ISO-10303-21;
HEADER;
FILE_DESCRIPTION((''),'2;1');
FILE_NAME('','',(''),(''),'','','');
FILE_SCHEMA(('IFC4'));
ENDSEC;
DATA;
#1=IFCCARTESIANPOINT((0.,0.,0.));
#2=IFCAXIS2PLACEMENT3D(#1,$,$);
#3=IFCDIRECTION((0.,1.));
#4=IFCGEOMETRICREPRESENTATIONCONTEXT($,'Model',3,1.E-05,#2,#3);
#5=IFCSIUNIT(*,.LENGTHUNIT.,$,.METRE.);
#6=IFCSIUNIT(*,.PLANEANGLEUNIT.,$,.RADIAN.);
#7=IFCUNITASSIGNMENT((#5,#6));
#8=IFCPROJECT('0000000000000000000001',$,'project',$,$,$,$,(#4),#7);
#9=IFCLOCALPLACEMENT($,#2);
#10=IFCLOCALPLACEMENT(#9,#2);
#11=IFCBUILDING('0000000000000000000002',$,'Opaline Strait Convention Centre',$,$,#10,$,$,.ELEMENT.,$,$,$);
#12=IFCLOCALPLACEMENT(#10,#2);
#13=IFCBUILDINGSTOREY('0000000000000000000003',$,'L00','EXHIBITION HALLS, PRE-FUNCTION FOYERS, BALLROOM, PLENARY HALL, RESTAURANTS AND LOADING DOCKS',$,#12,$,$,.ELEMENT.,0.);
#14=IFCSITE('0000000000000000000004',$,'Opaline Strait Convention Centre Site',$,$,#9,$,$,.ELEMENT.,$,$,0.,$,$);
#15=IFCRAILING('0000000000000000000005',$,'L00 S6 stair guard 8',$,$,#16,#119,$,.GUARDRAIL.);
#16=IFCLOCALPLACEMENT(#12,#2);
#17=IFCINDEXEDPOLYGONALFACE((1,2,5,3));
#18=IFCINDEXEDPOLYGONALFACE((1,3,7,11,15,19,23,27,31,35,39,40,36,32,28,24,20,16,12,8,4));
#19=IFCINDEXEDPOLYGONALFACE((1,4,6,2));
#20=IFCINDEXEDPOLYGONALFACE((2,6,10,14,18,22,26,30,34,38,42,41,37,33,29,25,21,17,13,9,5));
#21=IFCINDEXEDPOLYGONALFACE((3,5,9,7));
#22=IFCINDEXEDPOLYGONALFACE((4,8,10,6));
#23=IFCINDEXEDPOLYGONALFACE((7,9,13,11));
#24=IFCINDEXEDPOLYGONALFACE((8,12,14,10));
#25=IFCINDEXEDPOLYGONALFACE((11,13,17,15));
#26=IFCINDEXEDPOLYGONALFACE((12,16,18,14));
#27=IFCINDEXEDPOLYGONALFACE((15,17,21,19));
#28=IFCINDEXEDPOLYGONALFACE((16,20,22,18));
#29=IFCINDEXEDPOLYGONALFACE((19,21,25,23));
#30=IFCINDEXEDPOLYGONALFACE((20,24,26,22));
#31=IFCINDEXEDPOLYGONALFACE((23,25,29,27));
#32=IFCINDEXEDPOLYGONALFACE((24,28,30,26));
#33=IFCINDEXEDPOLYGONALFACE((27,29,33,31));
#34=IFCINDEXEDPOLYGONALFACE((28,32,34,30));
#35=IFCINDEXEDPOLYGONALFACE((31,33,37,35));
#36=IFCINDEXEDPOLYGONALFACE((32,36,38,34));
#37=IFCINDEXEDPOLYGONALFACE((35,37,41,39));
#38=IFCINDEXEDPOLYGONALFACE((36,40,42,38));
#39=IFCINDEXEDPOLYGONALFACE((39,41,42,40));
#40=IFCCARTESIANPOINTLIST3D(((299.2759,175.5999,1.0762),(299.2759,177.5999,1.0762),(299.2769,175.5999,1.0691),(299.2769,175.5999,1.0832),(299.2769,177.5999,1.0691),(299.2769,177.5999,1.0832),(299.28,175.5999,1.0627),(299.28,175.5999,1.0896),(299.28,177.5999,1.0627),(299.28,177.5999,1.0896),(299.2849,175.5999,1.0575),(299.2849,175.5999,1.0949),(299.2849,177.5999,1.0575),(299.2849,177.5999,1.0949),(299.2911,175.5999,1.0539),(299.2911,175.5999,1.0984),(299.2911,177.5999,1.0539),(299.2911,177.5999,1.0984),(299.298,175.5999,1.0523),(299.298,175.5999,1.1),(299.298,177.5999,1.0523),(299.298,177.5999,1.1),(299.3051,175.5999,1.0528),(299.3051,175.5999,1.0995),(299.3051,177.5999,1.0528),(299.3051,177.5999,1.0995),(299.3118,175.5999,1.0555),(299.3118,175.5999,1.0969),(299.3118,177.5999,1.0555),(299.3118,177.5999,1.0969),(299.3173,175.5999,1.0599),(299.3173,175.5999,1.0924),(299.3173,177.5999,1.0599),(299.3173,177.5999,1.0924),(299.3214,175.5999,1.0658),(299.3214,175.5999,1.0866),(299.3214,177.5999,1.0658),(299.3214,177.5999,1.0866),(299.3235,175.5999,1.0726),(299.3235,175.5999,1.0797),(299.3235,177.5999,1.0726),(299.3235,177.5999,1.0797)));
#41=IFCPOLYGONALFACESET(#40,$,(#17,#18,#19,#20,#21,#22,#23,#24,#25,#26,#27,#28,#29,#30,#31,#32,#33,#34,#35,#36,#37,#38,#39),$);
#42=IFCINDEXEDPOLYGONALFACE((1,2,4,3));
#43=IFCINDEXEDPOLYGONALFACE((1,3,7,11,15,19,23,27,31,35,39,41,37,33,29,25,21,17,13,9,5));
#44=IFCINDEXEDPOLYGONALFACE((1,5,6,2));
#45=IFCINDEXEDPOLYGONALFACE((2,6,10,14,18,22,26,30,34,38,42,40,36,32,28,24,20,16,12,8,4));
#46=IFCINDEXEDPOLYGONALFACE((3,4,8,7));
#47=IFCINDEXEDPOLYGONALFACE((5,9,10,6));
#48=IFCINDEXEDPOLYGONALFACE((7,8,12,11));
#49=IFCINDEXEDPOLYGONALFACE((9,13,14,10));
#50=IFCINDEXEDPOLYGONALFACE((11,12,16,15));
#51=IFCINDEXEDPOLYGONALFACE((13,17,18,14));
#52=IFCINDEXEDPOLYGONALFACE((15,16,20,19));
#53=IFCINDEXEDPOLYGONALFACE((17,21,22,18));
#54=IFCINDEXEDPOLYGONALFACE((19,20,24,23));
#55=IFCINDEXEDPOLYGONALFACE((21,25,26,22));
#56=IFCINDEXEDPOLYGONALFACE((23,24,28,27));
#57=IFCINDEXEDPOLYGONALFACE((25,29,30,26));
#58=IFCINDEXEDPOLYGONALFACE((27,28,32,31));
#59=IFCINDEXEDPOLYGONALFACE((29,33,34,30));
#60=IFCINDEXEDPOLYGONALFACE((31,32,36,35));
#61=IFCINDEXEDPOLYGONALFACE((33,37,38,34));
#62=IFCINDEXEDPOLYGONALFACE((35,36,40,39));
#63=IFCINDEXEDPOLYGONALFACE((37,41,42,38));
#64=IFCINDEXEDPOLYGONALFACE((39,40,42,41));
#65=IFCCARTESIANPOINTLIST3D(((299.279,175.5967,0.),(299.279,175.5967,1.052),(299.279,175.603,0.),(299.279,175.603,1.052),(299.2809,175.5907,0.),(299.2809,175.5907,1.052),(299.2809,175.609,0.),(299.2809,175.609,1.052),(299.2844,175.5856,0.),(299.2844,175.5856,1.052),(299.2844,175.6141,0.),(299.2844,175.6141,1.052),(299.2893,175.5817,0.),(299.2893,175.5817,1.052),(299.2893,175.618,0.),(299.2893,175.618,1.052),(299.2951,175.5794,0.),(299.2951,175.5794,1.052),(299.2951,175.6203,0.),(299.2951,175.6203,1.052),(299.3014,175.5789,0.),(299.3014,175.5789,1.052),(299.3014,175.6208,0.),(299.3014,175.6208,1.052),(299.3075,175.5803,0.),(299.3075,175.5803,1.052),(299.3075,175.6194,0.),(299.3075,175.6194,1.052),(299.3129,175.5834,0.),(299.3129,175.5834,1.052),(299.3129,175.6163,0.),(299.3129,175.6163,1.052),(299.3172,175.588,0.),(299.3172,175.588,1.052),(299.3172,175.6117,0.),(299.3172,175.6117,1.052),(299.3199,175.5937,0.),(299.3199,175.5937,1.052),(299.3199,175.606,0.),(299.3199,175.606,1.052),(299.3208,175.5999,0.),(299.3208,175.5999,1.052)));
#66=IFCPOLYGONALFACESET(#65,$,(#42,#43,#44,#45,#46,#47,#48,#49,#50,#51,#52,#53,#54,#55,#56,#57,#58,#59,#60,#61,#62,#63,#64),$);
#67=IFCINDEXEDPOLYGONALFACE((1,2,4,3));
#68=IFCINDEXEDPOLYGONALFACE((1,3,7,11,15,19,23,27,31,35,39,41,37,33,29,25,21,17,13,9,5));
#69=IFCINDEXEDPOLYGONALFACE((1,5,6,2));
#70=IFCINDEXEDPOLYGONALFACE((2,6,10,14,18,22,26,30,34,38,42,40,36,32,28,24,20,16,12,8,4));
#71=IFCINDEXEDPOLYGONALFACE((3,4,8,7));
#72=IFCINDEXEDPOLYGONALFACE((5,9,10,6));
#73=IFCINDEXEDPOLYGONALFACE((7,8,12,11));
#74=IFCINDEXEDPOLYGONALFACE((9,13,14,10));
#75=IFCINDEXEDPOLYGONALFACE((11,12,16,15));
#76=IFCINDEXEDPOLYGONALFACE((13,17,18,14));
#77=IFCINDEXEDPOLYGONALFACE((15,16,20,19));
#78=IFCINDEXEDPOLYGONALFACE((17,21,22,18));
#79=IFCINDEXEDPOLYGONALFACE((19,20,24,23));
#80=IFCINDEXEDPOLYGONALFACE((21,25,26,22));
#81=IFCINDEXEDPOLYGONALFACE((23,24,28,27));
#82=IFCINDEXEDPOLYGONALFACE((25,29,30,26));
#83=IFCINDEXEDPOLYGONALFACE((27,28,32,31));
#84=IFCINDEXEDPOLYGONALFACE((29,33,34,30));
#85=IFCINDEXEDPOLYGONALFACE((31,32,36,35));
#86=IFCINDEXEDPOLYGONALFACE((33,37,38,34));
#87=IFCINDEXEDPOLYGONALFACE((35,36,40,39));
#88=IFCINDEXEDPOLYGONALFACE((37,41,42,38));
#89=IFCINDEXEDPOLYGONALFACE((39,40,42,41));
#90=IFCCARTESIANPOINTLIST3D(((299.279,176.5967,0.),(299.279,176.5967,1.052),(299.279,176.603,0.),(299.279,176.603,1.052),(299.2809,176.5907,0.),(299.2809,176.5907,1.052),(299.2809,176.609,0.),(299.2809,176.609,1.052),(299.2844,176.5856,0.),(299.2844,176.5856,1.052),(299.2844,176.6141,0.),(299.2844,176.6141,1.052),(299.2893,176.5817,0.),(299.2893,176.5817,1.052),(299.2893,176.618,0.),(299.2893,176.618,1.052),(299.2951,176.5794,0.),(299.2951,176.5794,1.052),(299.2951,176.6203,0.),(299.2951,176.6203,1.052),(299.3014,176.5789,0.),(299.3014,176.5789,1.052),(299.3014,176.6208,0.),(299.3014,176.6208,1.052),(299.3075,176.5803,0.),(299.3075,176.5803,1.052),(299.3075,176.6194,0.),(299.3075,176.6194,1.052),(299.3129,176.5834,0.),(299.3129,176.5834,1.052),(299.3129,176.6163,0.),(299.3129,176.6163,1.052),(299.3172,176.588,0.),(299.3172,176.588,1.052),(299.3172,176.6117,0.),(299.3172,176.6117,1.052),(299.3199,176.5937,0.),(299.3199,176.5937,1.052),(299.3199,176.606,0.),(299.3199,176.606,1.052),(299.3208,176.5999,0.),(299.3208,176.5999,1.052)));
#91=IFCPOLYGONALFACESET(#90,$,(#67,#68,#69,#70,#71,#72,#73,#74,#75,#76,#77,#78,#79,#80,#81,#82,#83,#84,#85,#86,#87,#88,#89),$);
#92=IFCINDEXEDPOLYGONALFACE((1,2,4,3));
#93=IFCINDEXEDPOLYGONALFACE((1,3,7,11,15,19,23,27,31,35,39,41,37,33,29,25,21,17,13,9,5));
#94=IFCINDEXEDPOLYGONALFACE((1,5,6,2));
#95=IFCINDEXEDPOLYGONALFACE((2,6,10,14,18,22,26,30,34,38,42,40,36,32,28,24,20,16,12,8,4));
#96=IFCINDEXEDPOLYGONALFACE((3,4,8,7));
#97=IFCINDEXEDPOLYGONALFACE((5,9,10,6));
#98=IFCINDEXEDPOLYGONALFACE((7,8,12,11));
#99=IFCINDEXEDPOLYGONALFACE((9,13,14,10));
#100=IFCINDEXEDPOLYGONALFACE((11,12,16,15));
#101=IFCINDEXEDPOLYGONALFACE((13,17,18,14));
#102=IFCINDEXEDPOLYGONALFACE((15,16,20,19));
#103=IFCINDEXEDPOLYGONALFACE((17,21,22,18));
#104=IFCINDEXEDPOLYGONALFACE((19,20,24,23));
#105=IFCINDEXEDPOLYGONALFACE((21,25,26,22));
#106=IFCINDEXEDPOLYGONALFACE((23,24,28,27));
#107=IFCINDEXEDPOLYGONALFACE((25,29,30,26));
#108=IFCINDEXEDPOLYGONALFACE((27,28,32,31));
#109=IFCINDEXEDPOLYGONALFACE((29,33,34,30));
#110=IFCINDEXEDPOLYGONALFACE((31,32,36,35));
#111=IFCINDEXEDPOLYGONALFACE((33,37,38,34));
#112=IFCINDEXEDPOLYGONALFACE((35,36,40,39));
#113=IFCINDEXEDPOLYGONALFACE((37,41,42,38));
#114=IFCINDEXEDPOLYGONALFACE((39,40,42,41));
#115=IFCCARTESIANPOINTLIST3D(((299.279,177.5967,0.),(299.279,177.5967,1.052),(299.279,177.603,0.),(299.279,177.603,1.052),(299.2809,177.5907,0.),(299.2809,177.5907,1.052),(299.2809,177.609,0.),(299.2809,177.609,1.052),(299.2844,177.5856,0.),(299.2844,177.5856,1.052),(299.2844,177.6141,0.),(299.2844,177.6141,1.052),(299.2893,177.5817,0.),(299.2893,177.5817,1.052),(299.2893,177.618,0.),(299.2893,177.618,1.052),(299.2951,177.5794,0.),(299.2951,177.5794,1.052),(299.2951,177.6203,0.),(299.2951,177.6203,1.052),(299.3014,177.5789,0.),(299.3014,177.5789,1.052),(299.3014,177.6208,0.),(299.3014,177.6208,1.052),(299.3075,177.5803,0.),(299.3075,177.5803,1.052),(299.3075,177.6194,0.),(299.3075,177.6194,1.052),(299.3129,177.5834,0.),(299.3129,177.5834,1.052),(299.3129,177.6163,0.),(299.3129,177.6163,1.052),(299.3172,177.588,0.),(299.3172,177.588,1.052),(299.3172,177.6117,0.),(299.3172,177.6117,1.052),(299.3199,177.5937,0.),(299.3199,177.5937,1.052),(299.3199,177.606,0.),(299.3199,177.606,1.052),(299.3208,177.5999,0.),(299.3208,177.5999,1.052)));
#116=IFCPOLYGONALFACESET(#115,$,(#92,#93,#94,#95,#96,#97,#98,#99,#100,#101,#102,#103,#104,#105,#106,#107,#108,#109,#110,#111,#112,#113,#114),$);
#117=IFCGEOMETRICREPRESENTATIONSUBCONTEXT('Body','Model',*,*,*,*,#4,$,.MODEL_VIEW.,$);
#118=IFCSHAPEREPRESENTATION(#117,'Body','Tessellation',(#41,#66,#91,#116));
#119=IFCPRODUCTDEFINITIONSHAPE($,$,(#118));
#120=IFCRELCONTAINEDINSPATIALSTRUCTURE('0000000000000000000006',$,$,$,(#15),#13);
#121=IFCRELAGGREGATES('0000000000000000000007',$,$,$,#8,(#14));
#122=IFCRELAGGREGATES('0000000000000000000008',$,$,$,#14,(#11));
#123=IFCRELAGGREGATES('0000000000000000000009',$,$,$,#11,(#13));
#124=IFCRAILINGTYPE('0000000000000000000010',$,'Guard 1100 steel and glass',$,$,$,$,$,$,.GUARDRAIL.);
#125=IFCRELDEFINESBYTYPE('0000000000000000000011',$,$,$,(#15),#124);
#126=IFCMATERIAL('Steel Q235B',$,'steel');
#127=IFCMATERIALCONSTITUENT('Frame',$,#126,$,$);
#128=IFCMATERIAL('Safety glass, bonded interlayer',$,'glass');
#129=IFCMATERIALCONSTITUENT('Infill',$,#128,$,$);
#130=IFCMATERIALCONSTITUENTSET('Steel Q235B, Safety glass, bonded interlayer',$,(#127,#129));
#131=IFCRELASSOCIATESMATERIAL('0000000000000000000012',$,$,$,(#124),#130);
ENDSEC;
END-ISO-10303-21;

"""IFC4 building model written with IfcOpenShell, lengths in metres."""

from ifc_helpers import new_model, si_unit, direction, frame, origin, origin_2d, place, context, subcontext, project, spatial, circle, extrude, material, constituent, constituent_set, type_object, element, save


model = new_model("IFC4")

# Units and contexts
model_context = context("Model", 3, precision=1e-05, world=origin(), true_north=direction((0.0, 1.0)))
body_context = subcontext(model_context, "Body", "Model", "MODEL_VIEW")
ifc_project = project(units=[si_unit("LENGTHUNIT", "METRE"), si_unit("PLANEANGLEUNIT", "RADIAN")], contexts=[model_context])

# Site, building, storey
site_placement = place(None, origin())
site = spatial("IfcSite", under=ifc_project, at=site_placement, Name="Opaline Strait Convention Centre Site", CompositionType="ELEMENT", RefElevation=0.0)
building_placement = place(site_placement, origin())
building = spatial("IfcBuilding", under=site, at=building_placement, Name="Opaline Strait Convention Centre", CompositionType="ELEMENT")
storey_placement = place(building_placement, origin())
storey = spatial("IfcBuildingStorey", under=building, at=storey_placement, Name="L00", Description="EXHIBITION HALLS, PRE-FUNCTION FOYERS, BALLROOM, PLENARY HALL, RESTAURANTS AND LOADING DOCKS", CompositionType="ELEMENT", Elevation=0.0)

# Shared definitions
ifc_material_1 = material(Name="Steel Q235B", Category="steel")

# Railing
ifc_constituent_1 = constituent(ifc_material_1, Name="Frame")
ifc_material_2 = material(Name="Safety glass, bonded interlayer", Category="glass")
ifc_constituent_2 = constituent(ifc_material_2, Name="Infill")
ifc_constituent_set = constituent_set(constituents=[ifc_constituent_1, ifc_constituent_2], Name="Steel Q235B, Safety glass, bonded interlayer")
railing_type_1 = type_object("IfcRailingType", Name="Guard 1100 steel and glass", PredefinedType="GUARDRAIL", material=ifc_constituent_set)
railing_1_placement = place(storey_placement, frame((299.2998, 175.5999, 0.0)))
element("IfcRailing", 1, at=railing_1_placement, inside=storey, type_object=railing_type_1, Name="L00 S6 stair guard 8", PredefinedType="GUARDRAIL", context=body_context, shape_type="SweptSolid", body=[
    extrude(circle(Radius=0.0239, at=origin_2d()), frame((0.0, 0.0, 1.0762), z_axis=(0.0, 1.0, 0.0), x_axis=(-1.0, 0.0, 0.0)), (0.0, 0.0, 1.0), 2.0),
    extrude(circle(Radius=0.021, at=origin_2d()), origin(), (0.0, 0.0, 1.0), 1.052),
    extrude(circle(Radius=0.021, at=origin_2d()), frame((0.0, 1.0, 0.0)), (0.0, 0.0, 1.0), 1.052),
    extrude(circle(Radius=0.021, at=origin_2d()), frame((0.0, 2.0, 0.0)), (0.0, 0.0, 1.0), 1.052),
])

save(model, "model.ifc")
